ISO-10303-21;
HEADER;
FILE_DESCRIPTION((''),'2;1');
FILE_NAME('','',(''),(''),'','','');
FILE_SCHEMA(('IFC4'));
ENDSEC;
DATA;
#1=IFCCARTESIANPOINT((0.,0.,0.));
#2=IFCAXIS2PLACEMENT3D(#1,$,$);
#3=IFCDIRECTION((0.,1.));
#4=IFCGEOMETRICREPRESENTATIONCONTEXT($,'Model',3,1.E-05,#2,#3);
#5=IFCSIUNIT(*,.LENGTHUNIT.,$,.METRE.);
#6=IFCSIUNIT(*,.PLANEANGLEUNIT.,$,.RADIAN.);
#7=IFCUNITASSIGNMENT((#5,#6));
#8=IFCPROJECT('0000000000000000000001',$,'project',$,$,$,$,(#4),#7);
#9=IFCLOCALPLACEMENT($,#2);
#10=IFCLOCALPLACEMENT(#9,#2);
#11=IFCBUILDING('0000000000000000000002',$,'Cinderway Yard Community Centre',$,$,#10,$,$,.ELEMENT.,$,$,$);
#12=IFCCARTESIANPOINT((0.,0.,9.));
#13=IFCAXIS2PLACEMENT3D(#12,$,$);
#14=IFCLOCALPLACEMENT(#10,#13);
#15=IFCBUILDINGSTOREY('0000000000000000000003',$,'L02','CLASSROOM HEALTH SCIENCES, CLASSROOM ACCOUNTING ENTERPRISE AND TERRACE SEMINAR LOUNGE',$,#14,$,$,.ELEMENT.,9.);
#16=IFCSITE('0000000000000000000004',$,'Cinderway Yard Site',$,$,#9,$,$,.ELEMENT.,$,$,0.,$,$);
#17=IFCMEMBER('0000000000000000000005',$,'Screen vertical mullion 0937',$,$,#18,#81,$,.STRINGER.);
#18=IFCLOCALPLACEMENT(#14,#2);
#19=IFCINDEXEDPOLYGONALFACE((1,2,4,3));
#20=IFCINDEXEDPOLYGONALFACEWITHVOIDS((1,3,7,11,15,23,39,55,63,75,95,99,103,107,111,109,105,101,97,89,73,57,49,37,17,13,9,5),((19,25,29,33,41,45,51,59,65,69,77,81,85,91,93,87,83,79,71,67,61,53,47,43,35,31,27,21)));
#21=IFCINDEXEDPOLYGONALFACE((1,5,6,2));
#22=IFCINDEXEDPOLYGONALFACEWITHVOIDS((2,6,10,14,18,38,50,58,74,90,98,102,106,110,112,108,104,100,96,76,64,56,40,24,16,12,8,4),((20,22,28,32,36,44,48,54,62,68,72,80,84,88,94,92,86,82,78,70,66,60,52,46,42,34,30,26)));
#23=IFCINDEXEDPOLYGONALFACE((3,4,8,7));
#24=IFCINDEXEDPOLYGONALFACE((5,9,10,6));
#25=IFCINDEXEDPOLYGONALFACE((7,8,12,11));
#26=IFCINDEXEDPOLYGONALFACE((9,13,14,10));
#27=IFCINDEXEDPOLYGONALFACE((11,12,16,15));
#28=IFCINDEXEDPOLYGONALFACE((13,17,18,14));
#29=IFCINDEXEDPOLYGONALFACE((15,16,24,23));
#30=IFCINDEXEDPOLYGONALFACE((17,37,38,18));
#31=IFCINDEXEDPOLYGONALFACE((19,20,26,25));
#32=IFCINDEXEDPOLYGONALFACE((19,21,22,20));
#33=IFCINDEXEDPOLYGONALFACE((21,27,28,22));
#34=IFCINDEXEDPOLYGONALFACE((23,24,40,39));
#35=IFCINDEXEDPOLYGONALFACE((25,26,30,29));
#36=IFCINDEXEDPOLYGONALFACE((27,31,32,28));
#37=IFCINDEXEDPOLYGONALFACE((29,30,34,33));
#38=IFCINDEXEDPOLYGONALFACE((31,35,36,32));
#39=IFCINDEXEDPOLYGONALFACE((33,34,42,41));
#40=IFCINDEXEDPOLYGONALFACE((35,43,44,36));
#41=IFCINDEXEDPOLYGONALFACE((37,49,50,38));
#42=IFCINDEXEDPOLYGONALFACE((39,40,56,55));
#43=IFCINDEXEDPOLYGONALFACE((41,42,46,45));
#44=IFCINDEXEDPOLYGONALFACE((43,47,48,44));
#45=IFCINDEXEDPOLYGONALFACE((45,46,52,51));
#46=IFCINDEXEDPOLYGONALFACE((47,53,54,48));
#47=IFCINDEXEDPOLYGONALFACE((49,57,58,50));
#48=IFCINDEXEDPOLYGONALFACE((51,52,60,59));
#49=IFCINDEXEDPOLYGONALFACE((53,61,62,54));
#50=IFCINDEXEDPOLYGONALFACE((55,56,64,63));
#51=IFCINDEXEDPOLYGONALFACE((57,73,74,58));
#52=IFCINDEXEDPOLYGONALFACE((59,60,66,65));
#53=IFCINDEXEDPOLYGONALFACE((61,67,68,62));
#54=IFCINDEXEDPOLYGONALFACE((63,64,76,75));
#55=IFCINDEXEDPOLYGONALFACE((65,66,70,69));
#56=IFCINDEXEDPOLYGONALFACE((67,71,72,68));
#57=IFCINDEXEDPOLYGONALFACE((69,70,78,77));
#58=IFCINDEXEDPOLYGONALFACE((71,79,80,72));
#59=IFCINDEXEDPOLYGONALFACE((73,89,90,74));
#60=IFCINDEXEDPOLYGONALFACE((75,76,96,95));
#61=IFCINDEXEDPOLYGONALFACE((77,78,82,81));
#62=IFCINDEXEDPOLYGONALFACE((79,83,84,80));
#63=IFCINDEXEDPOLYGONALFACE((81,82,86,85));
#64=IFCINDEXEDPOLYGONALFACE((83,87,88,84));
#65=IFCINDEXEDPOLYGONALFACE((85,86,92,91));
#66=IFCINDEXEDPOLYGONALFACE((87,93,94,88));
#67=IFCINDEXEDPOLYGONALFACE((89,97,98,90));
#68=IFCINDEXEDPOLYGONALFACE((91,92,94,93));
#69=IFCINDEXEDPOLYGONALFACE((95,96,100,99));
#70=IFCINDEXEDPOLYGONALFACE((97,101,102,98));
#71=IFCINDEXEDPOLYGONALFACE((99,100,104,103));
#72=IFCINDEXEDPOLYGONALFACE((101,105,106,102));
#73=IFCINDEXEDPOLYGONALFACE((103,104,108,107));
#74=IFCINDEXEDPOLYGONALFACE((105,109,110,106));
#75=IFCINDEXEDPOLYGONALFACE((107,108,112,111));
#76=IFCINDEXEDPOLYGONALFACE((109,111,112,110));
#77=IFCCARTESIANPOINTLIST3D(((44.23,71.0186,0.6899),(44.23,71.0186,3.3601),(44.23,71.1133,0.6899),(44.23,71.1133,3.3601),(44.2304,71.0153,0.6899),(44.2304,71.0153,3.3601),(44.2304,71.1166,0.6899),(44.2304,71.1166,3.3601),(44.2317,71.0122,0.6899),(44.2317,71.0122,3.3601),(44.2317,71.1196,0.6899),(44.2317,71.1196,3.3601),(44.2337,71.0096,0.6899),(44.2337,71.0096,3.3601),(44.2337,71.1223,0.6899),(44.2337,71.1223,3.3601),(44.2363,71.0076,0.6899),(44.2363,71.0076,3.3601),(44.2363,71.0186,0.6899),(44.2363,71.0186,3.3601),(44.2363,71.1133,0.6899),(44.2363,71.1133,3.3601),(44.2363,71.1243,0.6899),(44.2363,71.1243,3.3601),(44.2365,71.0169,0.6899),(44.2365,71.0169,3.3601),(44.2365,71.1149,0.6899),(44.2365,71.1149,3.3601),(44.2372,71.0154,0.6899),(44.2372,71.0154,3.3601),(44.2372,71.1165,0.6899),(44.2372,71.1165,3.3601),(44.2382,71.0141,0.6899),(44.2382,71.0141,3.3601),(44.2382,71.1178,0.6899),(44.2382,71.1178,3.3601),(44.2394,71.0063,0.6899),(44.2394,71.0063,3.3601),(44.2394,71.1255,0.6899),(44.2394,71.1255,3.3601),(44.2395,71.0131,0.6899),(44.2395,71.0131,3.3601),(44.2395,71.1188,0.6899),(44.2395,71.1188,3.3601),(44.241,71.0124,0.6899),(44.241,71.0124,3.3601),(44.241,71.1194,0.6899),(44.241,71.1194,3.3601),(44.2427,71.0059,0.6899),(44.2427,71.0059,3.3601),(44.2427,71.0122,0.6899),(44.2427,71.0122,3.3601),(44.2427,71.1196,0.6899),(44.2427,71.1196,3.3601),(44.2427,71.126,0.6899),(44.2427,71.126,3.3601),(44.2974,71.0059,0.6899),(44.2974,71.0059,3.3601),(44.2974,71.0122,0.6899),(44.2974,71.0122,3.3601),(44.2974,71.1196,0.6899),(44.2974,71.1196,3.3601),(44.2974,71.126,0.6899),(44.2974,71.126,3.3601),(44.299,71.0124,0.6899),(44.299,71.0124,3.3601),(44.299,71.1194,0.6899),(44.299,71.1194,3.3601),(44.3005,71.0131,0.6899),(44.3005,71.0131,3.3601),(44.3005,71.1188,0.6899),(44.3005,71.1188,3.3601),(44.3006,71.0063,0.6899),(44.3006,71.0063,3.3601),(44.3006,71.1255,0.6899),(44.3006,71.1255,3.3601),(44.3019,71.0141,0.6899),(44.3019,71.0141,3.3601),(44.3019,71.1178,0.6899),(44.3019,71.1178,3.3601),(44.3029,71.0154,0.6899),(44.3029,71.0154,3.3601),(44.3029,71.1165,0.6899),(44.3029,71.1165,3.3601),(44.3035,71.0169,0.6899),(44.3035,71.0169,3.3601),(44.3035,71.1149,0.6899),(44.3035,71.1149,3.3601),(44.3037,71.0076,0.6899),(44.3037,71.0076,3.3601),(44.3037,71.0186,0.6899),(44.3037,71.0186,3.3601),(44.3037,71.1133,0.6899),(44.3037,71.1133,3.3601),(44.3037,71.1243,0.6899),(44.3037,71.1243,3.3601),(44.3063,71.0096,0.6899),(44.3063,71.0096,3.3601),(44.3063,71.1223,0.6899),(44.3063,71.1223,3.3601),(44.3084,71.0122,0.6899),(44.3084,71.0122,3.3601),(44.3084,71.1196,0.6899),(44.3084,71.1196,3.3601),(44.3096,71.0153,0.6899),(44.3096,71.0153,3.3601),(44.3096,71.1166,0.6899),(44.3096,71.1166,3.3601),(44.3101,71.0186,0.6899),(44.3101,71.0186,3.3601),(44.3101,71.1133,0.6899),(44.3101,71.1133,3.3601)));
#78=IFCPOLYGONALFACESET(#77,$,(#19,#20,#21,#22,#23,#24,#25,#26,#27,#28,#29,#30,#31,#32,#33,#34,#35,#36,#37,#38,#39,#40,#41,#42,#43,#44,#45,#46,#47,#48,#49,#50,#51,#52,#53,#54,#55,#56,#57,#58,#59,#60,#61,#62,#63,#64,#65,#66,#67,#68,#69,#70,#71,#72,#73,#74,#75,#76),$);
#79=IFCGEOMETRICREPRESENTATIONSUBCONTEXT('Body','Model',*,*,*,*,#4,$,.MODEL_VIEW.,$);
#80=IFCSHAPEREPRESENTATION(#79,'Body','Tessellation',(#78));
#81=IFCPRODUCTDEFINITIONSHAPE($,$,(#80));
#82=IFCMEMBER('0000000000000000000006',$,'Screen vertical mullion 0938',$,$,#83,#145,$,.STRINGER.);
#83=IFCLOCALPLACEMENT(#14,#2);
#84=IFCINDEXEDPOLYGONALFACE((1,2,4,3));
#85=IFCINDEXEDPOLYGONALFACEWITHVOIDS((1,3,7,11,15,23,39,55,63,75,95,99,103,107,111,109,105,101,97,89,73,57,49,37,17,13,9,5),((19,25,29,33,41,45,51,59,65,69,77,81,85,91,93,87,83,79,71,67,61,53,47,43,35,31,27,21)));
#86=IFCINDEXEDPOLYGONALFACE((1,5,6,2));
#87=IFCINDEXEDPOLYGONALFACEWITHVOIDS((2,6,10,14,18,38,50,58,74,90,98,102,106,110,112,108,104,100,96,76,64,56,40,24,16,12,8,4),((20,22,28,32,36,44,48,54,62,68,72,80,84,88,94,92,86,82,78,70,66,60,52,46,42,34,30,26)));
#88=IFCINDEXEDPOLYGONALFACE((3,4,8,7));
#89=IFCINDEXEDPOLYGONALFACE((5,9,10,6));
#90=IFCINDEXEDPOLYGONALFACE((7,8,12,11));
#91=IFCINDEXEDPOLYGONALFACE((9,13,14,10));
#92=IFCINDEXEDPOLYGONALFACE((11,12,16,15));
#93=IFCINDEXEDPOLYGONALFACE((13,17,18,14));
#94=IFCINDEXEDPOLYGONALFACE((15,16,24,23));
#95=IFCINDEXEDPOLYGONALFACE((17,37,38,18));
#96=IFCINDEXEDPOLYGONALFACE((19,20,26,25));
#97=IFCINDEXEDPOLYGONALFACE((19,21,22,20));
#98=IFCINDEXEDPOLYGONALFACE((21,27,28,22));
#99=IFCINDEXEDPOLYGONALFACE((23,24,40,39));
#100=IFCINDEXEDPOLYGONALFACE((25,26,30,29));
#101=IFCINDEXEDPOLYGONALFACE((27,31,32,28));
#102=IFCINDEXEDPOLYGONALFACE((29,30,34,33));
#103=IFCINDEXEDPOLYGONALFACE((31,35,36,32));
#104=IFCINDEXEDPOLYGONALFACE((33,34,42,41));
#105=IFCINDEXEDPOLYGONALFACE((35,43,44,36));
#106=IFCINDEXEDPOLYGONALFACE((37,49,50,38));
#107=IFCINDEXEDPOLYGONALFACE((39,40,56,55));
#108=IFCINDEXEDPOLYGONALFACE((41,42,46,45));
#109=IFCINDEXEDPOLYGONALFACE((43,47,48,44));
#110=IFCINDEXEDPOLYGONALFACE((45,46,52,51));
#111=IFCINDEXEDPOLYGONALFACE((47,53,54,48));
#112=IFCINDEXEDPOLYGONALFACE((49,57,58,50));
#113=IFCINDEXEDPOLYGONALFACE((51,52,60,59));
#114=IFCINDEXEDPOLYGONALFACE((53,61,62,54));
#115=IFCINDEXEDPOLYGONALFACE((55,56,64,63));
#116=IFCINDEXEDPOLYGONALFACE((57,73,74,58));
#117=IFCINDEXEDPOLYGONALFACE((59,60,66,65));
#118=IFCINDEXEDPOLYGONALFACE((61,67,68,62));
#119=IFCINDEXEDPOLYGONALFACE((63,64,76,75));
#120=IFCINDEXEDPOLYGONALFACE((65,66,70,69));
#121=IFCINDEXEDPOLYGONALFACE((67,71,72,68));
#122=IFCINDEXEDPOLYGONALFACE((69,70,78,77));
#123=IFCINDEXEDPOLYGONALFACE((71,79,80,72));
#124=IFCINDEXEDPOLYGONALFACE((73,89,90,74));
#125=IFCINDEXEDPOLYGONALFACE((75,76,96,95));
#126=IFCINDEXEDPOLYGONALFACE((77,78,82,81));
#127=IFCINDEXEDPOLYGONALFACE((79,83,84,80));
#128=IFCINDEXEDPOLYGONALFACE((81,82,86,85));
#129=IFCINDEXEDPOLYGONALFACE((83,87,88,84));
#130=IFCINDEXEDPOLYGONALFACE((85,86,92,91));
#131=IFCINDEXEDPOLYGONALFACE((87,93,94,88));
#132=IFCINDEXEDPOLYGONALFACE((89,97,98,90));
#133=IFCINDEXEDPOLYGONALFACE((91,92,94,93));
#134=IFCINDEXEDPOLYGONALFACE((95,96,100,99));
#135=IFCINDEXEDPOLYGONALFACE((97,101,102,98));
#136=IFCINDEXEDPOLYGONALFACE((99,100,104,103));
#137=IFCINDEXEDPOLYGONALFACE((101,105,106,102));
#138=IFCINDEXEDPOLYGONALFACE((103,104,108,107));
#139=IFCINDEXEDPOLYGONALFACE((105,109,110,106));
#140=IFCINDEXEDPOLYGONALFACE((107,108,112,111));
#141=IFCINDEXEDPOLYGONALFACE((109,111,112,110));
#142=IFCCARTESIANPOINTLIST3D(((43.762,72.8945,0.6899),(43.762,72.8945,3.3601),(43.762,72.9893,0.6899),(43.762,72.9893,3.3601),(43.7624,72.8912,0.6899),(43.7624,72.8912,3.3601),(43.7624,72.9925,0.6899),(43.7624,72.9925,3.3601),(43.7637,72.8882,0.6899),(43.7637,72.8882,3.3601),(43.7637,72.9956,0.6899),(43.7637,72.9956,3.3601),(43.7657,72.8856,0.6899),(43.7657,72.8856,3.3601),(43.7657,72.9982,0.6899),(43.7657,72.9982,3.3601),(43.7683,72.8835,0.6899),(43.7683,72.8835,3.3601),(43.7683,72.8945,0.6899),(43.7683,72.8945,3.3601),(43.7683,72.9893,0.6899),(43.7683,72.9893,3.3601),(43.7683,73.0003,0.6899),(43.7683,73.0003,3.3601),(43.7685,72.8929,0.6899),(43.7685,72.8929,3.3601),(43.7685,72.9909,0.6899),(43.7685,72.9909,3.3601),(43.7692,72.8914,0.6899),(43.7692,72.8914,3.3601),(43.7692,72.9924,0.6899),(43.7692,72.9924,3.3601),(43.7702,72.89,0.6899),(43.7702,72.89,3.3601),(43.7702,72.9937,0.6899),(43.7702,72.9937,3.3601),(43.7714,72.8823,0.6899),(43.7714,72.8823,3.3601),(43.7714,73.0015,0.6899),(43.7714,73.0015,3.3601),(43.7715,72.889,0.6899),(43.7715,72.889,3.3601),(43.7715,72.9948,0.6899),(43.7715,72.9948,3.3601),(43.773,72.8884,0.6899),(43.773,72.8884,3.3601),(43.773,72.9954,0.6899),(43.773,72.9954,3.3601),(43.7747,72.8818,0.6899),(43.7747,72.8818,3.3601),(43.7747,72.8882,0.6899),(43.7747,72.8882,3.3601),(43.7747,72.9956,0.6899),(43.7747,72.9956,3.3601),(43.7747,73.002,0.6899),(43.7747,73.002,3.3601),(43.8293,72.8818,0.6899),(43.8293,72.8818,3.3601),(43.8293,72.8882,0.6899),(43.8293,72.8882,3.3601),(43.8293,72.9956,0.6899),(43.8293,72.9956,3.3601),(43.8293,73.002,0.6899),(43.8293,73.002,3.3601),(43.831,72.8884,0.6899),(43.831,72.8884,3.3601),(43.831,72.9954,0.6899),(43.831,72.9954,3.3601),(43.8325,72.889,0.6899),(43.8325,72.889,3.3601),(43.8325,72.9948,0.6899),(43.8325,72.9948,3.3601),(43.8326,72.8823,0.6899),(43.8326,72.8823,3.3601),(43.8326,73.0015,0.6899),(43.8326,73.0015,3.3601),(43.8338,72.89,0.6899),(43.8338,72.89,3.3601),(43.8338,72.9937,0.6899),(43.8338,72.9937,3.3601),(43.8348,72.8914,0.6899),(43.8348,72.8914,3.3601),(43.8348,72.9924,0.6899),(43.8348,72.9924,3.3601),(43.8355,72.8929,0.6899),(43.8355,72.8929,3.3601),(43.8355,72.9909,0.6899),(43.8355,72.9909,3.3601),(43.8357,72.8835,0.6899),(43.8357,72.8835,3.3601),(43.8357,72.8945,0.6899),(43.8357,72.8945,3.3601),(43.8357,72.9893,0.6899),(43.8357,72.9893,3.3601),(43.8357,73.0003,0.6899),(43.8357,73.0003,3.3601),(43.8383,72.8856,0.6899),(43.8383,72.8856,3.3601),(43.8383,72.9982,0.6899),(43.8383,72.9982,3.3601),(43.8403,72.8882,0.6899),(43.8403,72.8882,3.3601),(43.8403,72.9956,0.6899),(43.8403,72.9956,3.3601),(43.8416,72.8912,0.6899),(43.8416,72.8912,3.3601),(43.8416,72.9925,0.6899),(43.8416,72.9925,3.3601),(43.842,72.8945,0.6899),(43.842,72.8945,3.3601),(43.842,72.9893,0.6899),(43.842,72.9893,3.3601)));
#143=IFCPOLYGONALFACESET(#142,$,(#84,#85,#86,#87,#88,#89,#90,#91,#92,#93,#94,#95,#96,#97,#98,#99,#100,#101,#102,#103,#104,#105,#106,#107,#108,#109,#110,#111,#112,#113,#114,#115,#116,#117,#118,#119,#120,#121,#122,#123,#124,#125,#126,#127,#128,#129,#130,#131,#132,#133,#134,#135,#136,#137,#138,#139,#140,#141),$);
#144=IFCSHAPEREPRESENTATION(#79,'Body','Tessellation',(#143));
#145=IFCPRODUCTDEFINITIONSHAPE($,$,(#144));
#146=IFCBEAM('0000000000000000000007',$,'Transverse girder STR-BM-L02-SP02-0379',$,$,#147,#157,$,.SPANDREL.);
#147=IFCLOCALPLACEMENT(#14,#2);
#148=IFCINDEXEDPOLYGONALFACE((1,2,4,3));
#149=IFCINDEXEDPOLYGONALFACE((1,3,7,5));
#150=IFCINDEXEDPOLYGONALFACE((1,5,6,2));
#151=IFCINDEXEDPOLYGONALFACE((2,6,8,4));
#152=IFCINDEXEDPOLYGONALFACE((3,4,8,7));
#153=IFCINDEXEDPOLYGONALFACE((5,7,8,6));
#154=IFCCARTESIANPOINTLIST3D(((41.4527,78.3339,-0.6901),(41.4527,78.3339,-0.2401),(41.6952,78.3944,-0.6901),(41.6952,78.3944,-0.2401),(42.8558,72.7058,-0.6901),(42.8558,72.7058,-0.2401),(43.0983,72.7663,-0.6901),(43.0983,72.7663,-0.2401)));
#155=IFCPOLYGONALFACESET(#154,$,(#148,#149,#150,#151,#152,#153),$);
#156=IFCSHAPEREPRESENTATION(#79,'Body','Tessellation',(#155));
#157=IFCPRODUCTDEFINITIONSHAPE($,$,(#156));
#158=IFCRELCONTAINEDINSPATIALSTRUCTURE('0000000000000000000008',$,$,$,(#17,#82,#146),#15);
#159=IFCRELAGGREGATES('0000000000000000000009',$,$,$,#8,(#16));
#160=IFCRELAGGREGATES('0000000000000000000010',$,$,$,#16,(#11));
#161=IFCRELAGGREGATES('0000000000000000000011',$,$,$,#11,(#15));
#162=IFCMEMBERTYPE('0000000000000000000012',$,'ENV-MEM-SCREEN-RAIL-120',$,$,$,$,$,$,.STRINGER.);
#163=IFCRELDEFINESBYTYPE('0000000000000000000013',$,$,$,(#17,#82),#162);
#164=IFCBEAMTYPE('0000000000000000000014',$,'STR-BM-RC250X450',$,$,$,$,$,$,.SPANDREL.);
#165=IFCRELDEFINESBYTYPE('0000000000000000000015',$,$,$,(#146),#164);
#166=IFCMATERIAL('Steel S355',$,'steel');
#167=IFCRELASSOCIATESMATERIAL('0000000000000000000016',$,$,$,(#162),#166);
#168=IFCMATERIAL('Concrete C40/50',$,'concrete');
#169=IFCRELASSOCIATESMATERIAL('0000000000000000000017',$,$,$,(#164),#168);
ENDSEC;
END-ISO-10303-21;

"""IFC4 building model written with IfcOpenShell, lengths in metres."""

from ifc_helpers import new_model, si_unit, direction, frame, origin, origin_2d, place, context, subcontext, project, spatial, rectangle, hollow_rectangle, extrude, material, material_profile, profile_set, type_object, element, save


model = new_model("IFC4")

# Units and contexts
model_context = context("Model", 3, precision=1e-05, world=origin(), true_north=direction((0.0, 1.0)))
body_context = subcontext(model_context, "Body", "Model", "MODEL_VIEW")
ifc_project = project(units=[si_unit("LENGTHUNIT", "METRE"), si_unit("PLANEANGLEUNIT", "RADIAN")], contexts=[model_context])

# Site, building, storey
site_placement = place(None, origin())
site = spatial("IfcSite", under=ifc_project, at=site_placement, Name="Cinderway Yard Site", CompositionType="ELEMENT", RefElevation=0.0)
building_placement = place(site_placement, origin())
building = spatial("IfcBuilding", under=site, at=building_placement, Name="Cinderway Yard Community Centre", CompositionType="ELEMENT")
storey_placement = place(building_placement, frame((0.0, 0.0, 9.0)))
storey = spatial("IfcBuildingStorey", under=building, at=storey_placement, Name="L02", Description="CLASSROOM HEALTH SCIENCES, CLASSROOM ACCOUNTING ENTERPRISE AND TERRACE SEMINAR LOUNGE", CompositionType="ELEMENT", Elevation=9.0)

# Shared definitions
ifc_material_1 = material(Name="Concrete C40/50", Category="concrete")

# Members
ifc_material_2 = material(Name="Steel S355", Category="steel")
ifc_material_profile_1 = material_profile(ifc_material_2, hollow_rectangle(XDim=0.0801, YDim=0.1201, WallThickness=0.0063, InnerFilletRadius=0.0063, OuterFilletRadius=0.0127, at=origin_2d()), Name="Steel S355")
ifc_profile_set_1 = profile_set([ifc_material_profile_1], Name="Steel S355")
member_type_1 = type_object("IfcMemberType", Name="ENV-MEM-SCREEN-RAIL-120", PredefinedType="STRINGER", material=ifc_profile_set_1)
for number, where, z_axis, x_axis, name in (
    (1, (44.27, 71.0659, 0.6899), (0.0, 0.0, 1.0), (1.0, 0.0, 0.0), "Screen vertical mullion 0937"),
    (2, (43.802, 72.9419, 0.6899), (0.0, 0.0, 1.0), (1.0, 0.0, 0.0), "Screen vertical mullion 0938"),
):
    element("IfcMember", number, at=place(storey_placement, frame(where, z_axis=z_axis, x_axis=x_axis)), inside=storey, type_object=member_type_1, Name=name, PredefinedType="STRINGER", context=body_context, shape_type="SweptSolid", body=[
        extrude(hollow_rectangle(XDim=0.0801, YDim=0.1201, WallThickness=0.0063, InnerFilletRadius=0.0063, OuterFilletRadius=0.0127, at=origin_2d()), origin(), (0.0, 0.0, 1.0), 2.6702),
    ])

# Beam
ifc_material_profile_2 = material_profile(ifc_material_1, rectangle(XDim=0.25, YDim=0.45, at=origin_2d()), Name="Concrete C40/50")
ifc_profile_set_2 = profile_set([ifc_material_profile_2], Name="Concrete C40/50")
beam_type = type_object("IfcBeamType", Name="STR-BM-RC250X450", PredefinedType="SPANDREL", material=ifc_profile_set_2)
beam_placement = place(storey_placement, frame((42.9771, 72.7361, -0.4651), z_axis=(-0.241902, 0.970301, 0.0), x_axis=(-0.970301, -0.241902, 0.0)))
element("IfcBeam", 3, at=beam_placement, inside=storey, type_object=beam_type, Name="Transverse girder STR-BM-L02-SP02-0379", PredefinedType="SPANDREL", context=body_context, shape_type="SweptSolid", body=[
    extrude(rectangle(XDim=0.25, YDim=0.45, at=origin_2d()), origin(), (0.0, 0.0, 1.0), 5.8003),
])

save(model, "model.ifc")
